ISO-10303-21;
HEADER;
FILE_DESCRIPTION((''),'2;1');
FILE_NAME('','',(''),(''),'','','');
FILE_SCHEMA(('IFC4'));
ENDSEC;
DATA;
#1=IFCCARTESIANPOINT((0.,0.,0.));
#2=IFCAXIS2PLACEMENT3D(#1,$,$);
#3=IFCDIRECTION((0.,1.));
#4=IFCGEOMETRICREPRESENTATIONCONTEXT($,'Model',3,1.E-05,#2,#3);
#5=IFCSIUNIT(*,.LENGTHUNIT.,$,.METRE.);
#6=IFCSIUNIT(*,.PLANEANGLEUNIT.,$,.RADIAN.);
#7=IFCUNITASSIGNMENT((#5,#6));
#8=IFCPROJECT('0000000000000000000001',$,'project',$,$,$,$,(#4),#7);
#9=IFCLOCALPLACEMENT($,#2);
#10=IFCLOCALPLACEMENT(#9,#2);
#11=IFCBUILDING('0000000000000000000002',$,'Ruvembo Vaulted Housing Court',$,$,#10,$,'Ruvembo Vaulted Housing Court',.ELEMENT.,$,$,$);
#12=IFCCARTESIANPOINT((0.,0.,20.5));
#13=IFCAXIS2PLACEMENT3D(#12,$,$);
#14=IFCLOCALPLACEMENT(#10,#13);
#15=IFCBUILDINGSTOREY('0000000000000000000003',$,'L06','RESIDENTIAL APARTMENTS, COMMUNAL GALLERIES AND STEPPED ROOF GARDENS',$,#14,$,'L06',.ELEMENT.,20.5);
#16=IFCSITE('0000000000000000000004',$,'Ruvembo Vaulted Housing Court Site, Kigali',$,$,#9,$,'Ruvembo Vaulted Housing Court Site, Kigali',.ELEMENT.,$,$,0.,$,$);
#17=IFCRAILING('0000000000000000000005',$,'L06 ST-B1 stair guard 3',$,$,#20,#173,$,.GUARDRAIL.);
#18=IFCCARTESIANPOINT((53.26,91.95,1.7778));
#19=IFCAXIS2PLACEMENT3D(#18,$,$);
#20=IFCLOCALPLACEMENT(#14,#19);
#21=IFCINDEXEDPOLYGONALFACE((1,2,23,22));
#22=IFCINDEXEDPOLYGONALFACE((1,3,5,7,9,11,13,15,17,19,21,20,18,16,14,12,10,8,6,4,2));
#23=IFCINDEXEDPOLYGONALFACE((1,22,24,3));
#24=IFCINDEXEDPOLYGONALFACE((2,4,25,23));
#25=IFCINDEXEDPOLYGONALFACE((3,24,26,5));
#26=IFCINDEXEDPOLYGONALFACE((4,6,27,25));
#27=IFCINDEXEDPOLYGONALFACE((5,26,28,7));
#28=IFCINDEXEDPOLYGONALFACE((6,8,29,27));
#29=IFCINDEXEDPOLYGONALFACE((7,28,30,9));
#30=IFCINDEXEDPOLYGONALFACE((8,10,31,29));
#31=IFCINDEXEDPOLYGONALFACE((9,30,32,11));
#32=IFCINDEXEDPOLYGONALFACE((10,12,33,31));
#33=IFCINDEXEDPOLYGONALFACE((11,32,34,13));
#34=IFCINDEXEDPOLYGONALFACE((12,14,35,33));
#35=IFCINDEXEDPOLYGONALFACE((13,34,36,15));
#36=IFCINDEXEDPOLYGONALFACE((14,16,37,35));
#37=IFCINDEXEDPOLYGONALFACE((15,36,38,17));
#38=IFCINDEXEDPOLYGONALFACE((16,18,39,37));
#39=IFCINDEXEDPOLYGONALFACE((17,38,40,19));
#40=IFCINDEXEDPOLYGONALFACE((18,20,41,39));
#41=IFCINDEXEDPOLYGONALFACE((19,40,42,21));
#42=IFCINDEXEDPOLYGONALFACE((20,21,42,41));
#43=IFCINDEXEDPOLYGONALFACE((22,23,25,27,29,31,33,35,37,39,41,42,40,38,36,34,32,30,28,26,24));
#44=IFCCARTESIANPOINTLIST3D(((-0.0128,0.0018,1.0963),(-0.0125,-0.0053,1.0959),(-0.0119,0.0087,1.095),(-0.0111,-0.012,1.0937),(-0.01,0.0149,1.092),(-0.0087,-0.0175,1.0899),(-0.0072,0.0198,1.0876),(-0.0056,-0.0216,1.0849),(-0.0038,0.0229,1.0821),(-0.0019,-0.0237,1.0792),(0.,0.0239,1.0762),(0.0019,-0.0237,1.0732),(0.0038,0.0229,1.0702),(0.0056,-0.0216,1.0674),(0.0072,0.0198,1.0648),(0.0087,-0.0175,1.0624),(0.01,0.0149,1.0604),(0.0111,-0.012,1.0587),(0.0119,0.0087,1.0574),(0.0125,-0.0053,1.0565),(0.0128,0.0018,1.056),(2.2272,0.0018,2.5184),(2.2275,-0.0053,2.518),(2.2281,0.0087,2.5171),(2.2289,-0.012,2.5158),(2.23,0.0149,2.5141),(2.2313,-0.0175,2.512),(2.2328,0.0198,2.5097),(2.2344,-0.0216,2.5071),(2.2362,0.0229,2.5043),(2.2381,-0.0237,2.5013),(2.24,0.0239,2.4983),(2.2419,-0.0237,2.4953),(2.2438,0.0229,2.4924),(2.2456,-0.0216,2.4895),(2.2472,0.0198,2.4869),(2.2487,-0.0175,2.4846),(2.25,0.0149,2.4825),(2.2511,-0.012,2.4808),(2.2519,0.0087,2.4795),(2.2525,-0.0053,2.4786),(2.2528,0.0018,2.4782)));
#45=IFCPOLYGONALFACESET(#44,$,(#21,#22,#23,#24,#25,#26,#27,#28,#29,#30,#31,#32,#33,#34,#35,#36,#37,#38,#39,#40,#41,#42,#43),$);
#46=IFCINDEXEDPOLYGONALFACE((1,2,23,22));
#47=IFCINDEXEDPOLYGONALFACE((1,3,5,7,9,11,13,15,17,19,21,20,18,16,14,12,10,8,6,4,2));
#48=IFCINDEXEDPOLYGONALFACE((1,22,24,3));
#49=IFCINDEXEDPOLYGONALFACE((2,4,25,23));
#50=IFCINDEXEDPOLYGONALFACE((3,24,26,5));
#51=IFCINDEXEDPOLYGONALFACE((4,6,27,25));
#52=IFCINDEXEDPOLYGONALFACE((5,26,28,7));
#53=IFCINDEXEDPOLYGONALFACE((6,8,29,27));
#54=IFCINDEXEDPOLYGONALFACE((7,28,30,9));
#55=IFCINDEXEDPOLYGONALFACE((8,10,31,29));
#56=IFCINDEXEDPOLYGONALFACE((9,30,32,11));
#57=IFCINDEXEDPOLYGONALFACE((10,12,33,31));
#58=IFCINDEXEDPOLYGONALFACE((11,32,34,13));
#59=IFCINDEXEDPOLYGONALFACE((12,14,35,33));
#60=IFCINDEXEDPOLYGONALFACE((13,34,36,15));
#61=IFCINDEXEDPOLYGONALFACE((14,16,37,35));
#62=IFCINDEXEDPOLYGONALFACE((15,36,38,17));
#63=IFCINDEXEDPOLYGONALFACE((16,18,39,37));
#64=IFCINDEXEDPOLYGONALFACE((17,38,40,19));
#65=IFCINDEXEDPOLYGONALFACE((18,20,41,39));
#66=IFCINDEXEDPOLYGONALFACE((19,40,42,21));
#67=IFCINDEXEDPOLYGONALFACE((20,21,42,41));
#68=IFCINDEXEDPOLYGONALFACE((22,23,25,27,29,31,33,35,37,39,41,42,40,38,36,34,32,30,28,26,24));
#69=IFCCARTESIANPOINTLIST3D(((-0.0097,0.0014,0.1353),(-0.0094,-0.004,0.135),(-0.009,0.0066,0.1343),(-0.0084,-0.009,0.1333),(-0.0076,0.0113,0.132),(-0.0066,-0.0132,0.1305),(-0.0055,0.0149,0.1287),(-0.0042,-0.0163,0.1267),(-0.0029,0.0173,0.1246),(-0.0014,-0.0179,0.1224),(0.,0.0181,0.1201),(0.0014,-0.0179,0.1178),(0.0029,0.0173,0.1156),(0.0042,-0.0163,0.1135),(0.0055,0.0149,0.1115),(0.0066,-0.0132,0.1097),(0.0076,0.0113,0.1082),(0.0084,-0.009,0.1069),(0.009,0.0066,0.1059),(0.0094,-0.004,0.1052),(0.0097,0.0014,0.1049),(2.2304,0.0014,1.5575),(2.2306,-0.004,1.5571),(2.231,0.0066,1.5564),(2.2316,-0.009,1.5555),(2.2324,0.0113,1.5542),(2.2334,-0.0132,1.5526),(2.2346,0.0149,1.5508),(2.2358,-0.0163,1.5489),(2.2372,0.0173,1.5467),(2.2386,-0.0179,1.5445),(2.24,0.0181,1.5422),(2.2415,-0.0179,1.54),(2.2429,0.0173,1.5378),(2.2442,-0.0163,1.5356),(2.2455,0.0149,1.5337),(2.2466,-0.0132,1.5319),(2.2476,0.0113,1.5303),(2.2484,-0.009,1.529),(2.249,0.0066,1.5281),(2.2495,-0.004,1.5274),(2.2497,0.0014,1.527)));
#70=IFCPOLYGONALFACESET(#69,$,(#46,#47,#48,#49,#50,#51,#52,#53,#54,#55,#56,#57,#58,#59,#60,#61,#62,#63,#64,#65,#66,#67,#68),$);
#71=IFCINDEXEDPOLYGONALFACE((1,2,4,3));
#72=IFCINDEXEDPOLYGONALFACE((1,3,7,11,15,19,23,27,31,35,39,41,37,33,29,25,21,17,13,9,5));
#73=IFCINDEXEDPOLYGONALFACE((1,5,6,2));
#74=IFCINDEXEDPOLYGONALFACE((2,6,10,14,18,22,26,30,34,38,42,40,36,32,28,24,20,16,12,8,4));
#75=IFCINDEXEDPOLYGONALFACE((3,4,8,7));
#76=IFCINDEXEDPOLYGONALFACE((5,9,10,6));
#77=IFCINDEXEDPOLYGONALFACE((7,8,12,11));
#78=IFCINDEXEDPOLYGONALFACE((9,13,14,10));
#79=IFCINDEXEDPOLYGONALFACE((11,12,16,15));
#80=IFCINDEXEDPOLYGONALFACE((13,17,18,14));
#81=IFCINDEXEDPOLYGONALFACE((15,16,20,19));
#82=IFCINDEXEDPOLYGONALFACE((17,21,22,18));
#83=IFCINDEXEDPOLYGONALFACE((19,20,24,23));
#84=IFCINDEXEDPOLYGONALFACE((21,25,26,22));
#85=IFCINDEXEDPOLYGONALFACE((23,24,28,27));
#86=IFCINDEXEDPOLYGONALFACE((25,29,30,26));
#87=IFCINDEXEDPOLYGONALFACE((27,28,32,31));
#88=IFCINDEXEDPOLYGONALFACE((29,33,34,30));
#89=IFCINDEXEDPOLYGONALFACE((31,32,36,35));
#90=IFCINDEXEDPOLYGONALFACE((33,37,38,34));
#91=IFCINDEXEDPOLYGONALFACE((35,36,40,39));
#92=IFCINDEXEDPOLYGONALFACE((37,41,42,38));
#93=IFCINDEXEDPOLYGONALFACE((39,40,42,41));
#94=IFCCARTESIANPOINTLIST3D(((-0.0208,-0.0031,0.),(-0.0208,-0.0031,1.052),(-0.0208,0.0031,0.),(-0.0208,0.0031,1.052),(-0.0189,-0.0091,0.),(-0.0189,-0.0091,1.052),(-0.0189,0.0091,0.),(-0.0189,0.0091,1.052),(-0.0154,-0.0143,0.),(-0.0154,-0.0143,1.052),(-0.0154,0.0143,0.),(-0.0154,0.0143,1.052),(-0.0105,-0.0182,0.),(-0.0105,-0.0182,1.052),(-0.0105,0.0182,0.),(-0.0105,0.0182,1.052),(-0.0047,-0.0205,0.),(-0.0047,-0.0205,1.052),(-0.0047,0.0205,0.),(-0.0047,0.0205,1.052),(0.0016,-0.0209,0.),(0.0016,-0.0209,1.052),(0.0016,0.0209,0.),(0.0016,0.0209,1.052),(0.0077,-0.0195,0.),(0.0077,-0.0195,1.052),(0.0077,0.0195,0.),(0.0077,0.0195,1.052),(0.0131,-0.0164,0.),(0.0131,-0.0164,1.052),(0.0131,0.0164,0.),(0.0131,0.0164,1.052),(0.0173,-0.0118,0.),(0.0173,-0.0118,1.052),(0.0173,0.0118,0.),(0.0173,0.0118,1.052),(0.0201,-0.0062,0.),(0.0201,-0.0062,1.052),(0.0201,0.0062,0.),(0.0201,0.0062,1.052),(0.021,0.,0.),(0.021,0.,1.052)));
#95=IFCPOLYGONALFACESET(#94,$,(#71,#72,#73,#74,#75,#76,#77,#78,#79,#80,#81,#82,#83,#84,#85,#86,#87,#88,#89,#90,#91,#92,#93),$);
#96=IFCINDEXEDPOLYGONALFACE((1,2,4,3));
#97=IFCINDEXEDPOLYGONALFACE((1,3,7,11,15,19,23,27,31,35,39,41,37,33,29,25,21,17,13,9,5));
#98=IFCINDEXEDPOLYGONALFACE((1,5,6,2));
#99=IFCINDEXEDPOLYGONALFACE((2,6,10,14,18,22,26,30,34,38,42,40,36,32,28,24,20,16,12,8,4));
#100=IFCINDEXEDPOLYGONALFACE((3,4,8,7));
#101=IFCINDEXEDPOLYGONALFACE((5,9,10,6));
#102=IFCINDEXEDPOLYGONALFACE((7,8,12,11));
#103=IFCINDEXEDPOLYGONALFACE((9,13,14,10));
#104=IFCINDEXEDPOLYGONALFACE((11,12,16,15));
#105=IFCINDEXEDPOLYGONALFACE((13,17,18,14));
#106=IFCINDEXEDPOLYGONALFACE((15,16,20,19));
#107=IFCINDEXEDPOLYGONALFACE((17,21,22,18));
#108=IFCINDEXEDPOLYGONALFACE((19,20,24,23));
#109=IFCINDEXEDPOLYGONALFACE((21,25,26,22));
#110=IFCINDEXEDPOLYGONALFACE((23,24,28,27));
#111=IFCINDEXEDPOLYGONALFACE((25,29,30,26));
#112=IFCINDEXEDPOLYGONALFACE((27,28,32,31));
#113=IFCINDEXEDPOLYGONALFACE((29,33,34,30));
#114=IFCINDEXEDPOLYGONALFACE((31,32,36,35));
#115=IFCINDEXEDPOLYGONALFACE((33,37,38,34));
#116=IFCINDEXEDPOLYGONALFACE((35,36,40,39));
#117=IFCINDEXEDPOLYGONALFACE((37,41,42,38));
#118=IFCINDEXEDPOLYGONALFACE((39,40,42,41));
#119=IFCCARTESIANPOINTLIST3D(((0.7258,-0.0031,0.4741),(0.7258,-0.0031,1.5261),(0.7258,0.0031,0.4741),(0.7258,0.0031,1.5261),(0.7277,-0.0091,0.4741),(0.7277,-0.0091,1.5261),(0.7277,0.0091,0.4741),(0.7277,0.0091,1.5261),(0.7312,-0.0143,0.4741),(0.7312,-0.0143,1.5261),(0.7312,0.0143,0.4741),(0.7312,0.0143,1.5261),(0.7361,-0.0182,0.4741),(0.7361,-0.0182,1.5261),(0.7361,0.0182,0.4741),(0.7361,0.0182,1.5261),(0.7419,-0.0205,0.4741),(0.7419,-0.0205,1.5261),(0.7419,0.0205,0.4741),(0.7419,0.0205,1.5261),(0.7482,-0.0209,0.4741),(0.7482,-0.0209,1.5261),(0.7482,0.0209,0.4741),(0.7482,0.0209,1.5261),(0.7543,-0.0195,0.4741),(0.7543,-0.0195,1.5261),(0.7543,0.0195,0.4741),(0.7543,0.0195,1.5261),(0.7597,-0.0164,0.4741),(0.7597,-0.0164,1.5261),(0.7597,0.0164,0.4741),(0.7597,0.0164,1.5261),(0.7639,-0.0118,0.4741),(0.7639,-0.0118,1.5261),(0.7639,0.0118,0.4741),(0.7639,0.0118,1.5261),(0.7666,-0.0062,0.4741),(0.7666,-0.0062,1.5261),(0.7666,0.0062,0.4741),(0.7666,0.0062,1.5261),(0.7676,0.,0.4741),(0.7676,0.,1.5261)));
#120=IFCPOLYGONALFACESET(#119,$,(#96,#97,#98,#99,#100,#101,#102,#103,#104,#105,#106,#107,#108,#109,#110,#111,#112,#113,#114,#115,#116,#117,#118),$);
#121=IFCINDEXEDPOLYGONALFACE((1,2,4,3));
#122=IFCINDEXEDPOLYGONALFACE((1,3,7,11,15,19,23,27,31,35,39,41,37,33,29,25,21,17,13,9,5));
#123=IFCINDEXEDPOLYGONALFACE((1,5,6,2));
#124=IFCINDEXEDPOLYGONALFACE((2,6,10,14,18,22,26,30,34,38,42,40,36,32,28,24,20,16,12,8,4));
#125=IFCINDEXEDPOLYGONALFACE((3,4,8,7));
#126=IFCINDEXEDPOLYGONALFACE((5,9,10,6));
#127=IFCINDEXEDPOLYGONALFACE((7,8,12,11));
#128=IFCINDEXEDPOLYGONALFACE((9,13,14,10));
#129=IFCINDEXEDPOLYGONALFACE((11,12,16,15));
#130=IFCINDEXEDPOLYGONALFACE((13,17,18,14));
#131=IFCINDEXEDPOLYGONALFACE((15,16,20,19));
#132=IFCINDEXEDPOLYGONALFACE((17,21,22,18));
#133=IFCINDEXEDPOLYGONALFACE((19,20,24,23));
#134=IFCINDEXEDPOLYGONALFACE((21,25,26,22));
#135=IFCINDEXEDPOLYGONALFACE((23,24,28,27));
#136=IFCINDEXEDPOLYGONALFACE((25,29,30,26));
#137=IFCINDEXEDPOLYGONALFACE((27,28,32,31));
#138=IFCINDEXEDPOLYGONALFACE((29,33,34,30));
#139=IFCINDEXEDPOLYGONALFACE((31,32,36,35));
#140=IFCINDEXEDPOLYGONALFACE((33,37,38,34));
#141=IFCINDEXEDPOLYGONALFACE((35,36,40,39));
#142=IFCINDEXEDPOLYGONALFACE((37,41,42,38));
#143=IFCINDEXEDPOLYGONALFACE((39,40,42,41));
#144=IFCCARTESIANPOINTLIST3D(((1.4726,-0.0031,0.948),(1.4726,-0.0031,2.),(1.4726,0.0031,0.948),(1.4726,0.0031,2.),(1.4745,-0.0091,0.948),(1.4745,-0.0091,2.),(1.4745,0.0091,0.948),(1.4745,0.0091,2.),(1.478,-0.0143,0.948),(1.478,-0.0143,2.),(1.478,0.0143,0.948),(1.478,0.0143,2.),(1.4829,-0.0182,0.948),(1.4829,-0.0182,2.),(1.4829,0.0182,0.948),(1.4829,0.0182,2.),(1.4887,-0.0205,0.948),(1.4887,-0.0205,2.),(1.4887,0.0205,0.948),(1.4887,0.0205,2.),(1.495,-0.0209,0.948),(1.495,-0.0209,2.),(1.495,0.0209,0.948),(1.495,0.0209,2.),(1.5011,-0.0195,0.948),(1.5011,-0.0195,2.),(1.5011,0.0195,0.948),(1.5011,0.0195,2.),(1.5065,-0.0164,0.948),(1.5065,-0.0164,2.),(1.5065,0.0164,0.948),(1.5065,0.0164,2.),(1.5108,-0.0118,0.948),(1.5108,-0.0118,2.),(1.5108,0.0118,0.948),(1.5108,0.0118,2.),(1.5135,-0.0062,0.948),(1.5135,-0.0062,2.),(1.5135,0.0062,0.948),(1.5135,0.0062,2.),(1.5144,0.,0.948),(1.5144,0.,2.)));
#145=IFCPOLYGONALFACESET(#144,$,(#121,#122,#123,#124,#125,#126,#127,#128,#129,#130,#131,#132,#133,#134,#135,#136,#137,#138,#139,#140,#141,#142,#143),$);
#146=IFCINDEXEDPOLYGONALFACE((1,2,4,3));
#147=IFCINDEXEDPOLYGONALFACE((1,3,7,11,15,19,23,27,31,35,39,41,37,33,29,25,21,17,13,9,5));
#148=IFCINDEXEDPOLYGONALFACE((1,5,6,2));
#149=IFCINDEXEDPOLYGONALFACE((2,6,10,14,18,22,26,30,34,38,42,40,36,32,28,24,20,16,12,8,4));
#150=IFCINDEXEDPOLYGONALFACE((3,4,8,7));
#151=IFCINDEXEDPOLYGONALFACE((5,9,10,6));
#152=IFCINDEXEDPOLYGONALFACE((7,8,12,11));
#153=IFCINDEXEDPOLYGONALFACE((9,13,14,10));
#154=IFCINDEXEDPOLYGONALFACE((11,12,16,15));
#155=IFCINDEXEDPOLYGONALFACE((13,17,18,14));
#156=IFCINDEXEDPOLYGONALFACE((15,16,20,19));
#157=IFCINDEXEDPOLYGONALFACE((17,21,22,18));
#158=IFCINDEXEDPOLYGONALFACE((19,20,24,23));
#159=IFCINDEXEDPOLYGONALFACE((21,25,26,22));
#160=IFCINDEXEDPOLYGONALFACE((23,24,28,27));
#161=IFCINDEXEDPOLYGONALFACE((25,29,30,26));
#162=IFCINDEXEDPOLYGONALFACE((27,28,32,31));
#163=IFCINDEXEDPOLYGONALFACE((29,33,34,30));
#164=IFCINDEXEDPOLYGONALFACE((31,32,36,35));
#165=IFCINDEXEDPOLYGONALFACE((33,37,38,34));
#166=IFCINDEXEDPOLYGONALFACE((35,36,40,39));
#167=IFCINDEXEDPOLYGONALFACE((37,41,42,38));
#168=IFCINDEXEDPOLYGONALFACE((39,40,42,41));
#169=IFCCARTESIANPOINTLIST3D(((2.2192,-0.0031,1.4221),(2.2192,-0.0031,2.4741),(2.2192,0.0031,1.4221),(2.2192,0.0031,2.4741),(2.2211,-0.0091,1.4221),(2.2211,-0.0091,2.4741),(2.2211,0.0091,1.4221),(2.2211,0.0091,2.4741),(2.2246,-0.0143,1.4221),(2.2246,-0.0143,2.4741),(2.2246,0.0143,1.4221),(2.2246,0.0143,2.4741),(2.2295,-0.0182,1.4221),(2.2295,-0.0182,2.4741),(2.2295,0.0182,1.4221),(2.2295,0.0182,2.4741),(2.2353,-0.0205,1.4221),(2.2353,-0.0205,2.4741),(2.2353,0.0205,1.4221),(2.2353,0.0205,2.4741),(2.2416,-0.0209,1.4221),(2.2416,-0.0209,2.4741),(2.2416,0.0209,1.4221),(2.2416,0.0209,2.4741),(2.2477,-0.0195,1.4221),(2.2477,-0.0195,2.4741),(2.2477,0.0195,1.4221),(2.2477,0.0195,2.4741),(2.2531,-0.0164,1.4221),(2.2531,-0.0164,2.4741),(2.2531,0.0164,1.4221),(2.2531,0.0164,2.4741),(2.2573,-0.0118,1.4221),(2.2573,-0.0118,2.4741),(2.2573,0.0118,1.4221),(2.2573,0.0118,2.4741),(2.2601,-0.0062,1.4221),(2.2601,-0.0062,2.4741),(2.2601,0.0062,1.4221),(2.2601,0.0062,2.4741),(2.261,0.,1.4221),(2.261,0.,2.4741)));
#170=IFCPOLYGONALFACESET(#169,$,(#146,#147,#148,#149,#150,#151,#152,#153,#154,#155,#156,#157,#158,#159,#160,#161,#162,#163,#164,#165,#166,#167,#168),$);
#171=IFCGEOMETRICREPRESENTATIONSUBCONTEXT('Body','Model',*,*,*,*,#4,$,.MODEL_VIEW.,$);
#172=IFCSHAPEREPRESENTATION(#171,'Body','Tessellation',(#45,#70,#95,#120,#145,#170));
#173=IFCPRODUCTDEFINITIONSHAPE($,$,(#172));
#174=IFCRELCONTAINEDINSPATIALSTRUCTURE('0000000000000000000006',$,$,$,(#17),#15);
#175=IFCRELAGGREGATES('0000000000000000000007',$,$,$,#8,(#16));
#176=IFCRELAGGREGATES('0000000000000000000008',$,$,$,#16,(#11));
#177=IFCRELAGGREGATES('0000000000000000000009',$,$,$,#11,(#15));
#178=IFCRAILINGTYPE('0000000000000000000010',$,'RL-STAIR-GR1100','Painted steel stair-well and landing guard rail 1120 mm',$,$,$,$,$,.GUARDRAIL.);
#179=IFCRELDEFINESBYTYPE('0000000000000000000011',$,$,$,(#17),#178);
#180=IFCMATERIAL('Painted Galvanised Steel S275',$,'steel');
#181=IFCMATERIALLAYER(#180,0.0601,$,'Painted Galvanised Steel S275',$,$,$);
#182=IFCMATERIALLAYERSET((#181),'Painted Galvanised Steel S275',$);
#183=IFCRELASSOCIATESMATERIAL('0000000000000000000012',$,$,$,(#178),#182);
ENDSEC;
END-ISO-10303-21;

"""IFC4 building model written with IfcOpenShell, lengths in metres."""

from ifc_helpers import new_model, si_unit, direction, frame, origin, origin_2d, place, context, subcontext, project, spatial, circle, extrude, material, layer, layer_set, type_object, element, save


model = new_model("IFC4")

# Units and contexts
model_context = context("Model", 3, precision=1e-05, world=origin(), true_north=direction((0.0, 1.0)))
body_context = subcontext(model_context, "Body", "Model", "MODEL_VIEW")
ifc_project = project(units=[si_unit("LENGTHUNIT", "METRE"), si_unit("PLANEANGLEUNIT", "RADIAN")], contexts=[model_context])

# Site, building, storey
site_placement = place(None, origin())
site = spatial("IfcSite", under=ifc_project, at=site_placement, Name="Ruvembo Vaulted Housing Court Site, Kigali", LongName="Ruvembo Vaulted Housing Court Site, Kigali", CompositionType="ELEMENT", RefElevation=0.0)
building_placement = place(site_placement, origin())
building = spatial("IfcBuilding", under=site, at=building_placement, Name="Ruvembo Vaulted Housing Court", LongName="Ruvembo Vaulted Housing Court", CompositionType="ELEMENT")
storey_placement = place(building_placement, frame((0.0, 0.0, 20.5)))
storey = spatial("IfcBuildingStorey", under=building, at=storey_placement, Name="L06", Description="RESIDENTIAL APARTMENTS, COMMUNAL GALLERIES AND STEPPED ROOF GARDENS", LongName="L06", CompositionType="ELEMENT", Elevation=20.5)

# Railing
ifc_material_1 = material(Name="Painted Galvanised Steel S275", Category="steel")
ifc_layer_1 = layer(ifc_material_1, 0.0601, Name="Painted Galvanised Steel S275")
ifc_layer_set_1 = layer_set([ifc_layer_1], Name="Painted Galvanised Steel S275")
railing_type_1 = type_object("IfcRailingType", Name="RL-STAIR-GR1100", Description="Painted steel stair-well and landing guard rail 1120 mm", PredefinedType="GUARDRAIL", material=ifc_layer_set_1)
railing_1_placement = place(storey_placement, frame((53.26, 91.95, 1.7778)))
element("IfcRailing", 1, at=railing_1_placement, inside=storey, type_object=railing_type_1, Name="L06 ST-B1 stair guard 3", PredefinedType="GUARDRAIL", context=body_context, shape_type="SweptSolid", body=[
    extrude(circle(Radius=0.0239, at=origin_2d()), frame((0.0, 0.0, 1.0762), z_axis=(0.844229, 0.0, 0.535982), x_axis=(0.0, 1.0, 0.0)), (0.0, 0.0, 1.0), 2.6533),
    extrude(circle(Radius=0.0181, at=origin_2d()), frame((0.0, 0.0, 0.1201), z_axis=(0.844229, 0.0, 0.535982), x_axis=(0.0, 1.0, 0.0)), (0.0, 0.0, 1.0), 2.6533),
    extrude(circle(Radius=0.021, at=origin_2d()), origin(), (0.0, 0.0, 1.0), 1.052),
    extrude(circle(Radius=0.021, at=origin_2d()), frame((0.7466, 0.0, 0.4741)), (0.0, 0.0, 1.0), 1.052),
    extrude(circle(Radius=0.021, at=origin_2d()), frame((1.4934, 0.0, 0.948)), (0.0, 0.0, 1.0), 1.052),
    extrude(circle(Radius=0.021, at=origin_2d()), frame((2.24, 0.0, 1.4221)), (0.0, 0.0, 1.0), 1.052),
])

save(model, "model.ifc")
